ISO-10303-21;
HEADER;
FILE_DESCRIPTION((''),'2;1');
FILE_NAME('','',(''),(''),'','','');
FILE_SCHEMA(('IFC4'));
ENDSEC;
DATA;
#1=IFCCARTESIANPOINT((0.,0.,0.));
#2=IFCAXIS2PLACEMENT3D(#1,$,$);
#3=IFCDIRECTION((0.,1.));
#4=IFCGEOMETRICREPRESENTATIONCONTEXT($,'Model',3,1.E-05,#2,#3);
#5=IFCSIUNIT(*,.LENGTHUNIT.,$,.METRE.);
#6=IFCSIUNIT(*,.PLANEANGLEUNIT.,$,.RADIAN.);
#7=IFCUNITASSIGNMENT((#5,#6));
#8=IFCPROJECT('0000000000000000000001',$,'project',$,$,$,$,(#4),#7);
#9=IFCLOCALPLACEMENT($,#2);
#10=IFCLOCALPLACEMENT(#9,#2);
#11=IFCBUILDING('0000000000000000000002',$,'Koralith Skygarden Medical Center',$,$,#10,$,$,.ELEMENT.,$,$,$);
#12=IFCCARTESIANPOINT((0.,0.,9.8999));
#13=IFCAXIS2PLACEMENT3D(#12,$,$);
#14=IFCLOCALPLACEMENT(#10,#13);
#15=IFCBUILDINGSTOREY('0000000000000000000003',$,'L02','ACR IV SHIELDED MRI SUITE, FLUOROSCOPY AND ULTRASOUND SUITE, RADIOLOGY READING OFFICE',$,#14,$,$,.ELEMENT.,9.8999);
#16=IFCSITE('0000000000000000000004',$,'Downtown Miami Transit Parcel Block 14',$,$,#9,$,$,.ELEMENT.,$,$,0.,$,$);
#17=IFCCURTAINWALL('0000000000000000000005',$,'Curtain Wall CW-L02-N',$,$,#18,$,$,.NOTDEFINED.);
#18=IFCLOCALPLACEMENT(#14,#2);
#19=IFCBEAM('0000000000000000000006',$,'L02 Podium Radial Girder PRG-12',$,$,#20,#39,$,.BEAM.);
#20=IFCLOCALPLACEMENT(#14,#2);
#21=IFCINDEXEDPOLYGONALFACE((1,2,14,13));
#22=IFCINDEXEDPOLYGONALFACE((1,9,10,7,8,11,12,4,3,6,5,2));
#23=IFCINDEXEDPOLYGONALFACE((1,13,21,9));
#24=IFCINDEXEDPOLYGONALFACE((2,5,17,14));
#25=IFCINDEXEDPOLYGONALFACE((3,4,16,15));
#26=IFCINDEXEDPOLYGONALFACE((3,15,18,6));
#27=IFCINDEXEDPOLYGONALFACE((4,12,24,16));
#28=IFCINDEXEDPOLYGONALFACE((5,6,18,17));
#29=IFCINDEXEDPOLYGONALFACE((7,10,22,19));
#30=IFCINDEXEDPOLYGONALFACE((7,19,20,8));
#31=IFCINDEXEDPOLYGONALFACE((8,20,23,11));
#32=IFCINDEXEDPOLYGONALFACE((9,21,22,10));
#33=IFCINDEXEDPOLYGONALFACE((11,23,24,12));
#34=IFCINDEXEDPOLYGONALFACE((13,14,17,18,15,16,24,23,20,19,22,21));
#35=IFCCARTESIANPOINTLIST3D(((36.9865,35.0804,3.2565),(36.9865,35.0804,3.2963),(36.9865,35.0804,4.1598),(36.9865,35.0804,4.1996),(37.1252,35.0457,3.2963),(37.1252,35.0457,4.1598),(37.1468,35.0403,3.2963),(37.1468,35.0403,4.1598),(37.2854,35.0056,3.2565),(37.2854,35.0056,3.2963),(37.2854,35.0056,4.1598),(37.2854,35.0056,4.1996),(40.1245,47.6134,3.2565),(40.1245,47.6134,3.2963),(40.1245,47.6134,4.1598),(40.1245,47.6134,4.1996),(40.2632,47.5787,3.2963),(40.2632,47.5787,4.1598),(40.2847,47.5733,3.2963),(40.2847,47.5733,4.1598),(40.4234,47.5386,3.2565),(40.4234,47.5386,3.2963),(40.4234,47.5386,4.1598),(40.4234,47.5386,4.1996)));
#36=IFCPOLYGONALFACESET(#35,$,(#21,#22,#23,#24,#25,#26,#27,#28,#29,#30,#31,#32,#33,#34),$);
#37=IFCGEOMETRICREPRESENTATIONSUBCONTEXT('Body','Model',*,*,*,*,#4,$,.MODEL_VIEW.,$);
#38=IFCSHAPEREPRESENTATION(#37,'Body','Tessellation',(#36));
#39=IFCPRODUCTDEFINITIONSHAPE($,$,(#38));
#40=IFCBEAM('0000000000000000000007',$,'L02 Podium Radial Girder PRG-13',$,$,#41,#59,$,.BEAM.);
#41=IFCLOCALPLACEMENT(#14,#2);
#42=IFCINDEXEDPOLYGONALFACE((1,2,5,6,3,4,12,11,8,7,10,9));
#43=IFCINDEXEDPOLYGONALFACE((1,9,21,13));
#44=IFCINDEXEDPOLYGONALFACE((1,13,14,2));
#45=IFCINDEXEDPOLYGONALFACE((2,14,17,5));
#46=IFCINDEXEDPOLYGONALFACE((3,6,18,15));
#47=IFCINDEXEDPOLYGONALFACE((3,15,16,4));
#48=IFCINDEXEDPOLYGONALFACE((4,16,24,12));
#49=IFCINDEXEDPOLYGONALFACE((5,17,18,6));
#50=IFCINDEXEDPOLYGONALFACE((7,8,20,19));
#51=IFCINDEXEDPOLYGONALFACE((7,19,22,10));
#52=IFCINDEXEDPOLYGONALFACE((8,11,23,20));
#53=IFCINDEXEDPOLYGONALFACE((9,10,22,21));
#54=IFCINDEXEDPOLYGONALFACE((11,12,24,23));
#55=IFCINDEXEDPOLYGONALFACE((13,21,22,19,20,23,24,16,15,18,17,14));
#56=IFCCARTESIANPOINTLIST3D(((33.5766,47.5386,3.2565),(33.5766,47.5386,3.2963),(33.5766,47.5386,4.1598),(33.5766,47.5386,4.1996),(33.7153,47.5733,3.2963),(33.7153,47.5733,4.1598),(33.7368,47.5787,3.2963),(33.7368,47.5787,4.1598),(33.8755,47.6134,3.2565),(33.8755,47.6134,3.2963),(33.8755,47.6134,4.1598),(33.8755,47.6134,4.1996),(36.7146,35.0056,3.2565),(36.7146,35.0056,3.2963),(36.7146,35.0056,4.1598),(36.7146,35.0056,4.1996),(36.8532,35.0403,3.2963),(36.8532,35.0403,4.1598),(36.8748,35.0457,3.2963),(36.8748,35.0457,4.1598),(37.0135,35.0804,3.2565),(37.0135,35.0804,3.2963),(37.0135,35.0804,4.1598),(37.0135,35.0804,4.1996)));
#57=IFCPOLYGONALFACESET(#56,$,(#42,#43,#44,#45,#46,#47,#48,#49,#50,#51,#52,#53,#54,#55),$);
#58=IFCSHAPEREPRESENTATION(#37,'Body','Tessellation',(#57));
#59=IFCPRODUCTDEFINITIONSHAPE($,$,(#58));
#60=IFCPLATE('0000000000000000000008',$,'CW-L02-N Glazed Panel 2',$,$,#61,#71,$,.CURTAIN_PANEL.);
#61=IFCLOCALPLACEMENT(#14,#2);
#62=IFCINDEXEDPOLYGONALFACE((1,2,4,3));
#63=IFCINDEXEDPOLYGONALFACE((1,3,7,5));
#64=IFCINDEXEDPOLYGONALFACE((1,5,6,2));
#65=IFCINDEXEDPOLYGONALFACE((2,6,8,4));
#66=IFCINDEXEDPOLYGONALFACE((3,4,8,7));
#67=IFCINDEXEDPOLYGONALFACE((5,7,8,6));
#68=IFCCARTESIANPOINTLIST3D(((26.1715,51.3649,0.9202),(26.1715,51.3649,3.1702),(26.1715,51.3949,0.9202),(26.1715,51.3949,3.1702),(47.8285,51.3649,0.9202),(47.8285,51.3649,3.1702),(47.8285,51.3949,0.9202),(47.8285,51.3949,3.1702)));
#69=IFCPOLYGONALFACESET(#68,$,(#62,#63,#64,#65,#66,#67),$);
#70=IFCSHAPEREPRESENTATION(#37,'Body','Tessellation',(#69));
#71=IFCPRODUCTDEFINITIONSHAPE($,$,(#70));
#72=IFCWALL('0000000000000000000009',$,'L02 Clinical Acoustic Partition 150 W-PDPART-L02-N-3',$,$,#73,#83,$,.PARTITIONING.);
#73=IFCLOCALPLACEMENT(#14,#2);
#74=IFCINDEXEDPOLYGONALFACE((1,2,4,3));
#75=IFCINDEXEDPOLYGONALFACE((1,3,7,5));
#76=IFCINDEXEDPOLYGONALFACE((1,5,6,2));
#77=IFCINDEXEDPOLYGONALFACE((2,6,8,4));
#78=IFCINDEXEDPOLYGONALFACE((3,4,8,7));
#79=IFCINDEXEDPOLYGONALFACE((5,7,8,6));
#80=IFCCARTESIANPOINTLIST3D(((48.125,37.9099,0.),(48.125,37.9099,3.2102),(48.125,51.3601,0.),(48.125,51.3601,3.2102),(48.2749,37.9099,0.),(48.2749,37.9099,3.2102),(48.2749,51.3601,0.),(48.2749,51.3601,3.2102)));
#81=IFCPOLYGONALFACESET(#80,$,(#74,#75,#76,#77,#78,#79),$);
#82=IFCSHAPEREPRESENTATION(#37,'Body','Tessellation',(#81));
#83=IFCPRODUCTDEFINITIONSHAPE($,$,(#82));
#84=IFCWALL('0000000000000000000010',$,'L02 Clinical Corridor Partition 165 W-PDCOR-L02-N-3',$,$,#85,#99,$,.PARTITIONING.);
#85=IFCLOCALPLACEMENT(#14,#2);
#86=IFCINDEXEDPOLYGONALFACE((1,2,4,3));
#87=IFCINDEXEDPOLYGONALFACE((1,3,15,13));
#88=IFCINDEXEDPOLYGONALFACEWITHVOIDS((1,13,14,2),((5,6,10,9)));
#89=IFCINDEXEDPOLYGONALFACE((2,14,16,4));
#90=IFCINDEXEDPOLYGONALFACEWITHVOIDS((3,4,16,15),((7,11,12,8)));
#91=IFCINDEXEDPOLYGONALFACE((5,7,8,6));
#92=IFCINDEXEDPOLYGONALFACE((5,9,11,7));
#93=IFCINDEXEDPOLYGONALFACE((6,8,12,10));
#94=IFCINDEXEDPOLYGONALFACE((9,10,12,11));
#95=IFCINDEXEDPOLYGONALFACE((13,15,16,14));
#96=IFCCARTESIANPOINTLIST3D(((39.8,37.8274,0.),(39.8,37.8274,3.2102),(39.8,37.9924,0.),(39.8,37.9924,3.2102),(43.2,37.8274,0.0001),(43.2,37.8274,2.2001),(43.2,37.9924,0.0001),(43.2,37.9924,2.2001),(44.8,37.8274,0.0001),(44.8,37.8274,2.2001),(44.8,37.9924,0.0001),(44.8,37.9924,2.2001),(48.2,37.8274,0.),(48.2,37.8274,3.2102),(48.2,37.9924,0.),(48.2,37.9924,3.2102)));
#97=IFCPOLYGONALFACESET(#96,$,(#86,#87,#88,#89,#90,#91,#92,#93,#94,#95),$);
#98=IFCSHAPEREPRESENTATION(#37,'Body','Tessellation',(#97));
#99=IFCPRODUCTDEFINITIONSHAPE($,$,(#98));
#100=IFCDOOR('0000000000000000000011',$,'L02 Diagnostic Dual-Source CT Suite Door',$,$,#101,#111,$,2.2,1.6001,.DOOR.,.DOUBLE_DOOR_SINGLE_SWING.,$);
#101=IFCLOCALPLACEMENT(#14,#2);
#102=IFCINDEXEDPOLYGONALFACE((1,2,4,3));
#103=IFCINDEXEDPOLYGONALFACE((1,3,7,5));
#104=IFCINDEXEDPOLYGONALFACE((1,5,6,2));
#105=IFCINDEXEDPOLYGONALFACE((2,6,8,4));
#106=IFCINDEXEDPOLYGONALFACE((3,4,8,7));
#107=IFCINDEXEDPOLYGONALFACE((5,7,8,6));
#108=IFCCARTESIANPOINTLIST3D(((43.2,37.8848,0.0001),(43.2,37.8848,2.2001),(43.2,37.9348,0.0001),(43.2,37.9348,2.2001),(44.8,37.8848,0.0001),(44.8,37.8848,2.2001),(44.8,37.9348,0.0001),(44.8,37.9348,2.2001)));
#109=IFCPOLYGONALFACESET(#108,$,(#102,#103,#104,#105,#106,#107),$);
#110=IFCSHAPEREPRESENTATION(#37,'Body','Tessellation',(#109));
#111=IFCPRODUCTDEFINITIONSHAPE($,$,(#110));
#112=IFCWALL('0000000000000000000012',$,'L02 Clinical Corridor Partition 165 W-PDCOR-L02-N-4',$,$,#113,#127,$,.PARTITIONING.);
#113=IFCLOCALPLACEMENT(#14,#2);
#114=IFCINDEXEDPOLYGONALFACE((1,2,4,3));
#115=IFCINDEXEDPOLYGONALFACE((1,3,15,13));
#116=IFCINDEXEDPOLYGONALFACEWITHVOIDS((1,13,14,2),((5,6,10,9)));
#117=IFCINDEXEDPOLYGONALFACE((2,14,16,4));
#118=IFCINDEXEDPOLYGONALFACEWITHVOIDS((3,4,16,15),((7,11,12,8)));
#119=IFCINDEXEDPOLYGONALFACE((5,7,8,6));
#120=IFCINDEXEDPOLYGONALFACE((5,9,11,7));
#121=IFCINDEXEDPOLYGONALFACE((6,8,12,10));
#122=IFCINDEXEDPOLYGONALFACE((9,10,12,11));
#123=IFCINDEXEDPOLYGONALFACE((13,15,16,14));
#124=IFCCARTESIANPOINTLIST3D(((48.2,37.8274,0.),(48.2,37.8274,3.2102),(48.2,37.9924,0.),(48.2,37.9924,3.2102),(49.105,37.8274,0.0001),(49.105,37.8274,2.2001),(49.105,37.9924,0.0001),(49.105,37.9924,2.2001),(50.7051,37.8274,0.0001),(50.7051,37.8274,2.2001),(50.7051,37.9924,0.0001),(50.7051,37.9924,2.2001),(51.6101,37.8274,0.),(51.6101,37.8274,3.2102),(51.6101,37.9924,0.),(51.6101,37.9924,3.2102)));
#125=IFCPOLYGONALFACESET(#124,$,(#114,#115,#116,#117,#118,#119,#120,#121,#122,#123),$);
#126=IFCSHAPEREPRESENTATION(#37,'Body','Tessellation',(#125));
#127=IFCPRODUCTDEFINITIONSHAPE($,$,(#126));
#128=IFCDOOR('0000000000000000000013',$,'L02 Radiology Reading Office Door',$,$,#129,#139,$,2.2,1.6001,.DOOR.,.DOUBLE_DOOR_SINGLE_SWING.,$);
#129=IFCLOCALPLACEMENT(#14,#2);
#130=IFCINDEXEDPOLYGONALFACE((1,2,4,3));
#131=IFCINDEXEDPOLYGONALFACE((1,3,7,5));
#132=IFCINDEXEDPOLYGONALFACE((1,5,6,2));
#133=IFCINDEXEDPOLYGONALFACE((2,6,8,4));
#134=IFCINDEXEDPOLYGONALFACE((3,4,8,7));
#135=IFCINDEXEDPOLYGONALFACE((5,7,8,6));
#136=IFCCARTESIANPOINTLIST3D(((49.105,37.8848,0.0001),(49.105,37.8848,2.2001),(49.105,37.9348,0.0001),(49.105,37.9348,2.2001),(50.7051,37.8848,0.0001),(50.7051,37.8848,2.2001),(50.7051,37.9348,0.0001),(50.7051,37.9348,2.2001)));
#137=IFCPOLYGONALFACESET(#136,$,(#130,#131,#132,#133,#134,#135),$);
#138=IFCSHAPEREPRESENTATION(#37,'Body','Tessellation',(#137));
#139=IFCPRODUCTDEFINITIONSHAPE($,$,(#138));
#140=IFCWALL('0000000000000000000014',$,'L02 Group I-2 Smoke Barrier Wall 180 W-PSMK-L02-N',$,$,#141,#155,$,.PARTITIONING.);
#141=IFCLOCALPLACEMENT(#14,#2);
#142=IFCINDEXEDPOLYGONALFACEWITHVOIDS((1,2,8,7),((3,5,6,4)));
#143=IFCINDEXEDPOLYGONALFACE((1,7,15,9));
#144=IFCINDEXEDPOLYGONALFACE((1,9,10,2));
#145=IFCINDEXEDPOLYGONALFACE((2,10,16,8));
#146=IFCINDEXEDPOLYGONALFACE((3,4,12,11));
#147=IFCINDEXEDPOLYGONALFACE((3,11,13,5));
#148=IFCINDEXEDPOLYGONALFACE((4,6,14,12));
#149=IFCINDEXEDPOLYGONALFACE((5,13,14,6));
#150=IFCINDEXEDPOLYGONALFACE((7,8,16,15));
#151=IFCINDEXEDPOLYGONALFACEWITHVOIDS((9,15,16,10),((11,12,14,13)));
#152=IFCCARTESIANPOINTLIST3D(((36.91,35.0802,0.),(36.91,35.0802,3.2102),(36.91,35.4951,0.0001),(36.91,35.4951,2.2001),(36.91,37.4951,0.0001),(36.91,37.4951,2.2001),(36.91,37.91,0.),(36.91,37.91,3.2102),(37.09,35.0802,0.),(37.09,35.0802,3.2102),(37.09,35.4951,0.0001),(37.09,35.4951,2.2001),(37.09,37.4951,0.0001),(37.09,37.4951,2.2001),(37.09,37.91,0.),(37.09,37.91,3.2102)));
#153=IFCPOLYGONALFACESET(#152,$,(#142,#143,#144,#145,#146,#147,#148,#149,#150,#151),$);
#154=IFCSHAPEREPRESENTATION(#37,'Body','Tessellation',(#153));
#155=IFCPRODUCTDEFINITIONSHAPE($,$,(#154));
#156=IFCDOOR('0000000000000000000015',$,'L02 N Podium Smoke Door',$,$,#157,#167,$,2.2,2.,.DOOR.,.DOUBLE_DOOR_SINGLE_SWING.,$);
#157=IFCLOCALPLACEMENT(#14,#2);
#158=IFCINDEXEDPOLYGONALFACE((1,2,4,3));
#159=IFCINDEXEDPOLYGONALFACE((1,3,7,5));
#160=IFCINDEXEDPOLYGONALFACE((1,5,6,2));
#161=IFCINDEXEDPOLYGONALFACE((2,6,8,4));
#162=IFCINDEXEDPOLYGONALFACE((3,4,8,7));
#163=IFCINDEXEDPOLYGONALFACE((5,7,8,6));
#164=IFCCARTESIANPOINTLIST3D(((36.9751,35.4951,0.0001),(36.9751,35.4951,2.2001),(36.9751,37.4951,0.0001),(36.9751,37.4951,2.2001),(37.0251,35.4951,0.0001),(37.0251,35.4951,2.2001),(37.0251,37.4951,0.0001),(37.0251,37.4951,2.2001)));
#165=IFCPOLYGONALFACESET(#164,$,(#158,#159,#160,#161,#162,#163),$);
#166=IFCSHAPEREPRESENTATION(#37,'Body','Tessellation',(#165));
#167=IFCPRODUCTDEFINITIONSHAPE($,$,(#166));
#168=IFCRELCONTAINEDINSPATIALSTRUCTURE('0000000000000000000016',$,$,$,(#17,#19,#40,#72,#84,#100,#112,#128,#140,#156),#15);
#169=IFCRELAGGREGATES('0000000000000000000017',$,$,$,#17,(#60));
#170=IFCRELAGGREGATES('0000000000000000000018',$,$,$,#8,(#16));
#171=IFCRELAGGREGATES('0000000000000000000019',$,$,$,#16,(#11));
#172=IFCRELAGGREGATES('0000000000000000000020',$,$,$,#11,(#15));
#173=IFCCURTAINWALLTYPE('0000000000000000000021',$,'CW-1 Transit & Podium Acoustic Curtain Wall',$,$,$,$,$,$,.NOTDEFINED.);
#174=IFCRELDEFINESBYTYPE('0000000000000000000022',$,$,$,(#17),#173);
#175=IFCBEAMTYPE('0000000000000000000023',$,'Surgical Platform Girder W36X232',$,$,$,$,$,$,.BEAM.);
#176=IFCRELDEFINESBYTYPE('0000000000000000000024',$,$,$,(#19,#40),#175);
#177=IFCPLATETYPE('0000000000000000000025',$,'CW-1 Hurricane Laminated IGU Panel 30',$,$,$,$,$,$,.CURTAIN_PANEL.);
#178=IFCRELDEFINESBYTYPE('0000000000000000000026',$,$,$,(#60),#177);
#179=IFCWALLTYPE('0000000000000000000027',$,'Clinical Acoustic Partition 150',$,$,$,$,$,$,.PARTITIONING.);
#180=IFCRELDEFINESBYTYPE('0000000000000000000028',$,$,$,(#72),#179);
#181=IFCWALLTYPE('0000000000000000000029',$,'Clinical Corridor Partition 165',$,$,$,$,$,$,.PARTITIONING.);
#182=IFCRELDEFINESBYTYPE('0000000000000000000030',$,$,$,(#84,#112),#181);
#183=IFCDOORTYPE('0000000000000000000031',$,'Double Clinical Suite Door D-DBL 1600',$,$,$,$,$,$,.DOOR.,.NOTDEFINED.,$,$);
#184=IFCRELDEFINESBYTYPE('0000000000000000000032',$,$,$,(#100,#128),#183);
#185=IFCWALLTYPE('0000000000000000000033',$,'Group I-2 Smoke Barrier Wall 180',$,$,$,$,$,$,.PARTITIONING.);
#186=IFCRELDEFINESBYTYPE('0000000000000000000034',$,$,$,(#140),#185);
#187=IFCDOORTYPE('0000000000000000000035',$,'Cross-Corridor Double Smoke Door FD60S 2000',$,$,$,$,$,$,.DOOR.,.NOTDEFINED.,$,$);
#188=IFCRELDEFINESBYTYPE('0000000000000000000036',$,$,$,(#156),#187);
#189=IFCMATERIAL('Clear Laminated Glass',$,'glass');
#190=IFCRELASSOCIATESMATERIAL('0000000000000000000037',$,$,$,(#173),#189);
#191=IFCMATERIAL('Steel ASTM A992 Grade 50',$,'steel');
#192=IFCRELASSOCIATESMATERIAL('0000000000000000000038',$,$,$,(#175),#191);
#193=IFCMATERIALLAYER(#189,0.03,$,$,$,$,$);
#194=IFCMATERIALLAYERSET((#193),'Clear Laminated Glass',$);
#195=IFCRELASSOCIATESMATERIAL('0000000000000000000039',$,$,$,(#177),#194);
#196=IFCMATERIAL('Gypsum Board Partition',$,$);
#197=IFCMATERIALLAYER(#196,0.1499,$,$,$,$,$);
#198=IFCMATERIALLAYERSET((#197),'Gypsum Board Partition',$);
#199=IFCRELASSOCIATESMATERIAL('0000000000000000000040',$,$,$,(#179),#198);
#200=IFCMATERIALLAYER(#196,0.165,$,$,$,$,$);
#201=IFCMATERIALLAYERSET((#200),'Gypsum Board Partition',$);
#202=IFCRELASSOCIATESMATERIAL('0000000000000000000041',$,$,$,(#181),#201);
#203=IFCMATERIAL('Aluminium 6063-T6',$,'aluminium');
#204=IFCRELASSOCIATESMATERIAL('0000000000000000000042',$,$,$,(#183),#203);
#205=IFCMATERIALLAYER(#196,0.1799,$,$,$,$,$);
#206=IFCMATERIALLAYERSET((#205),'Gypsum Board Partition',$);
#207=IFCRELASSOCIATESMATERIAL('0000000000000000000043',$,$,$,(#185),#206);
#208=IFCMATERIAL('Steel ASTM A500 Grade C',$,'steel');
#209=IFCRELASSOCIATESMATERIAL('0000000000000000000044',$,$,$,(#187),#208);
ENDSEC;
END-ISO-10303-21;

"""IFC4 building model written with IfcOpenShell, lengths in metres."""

from ifc_helpers import new_model, si_unit, direction, frame, frame_2d, origin, origin_2d, place, context, subcontext, project, spatial, rectangle, i_section, extrude, material, layer, layer_set, material_profile, profile_set, type_object, element, fill, aggregate, save


model = new_model("IFC4")

# Units and contexts
model_context = context("Model", 3, precision=1e-05, world=origin(), true_north=direction((0.0, 1.0)))
body_context = subcontext(model_context, "Body", "Model", "MODEL_VIEW")
ifc_project = project(units=[si_unit("LENGTHUNIT", "METRE"), si_unit("PLANEANGLEUNIT", "RADIAN")], contexts=[model_context])

# Site, building, storey
site_placement = place(None, origin())
site = spatial("IfcSite", under=ifc_project, at=site_placement, Name="Downtown Miami Transit Parcel Block 14", CompositionType="ELEMENT", RefElevation=0.0)
building_placement = place(site_placement, origin())
building = spatial("IfcBuilding", under=site, at=building_placement, Name="Koralith Skygarden Medical Center", CompositionType="ELEMENT")
storey_placement = place(building_placement, frame((0.0, 0.0, 9.8999)))
storey = spatial("IfcBuildingStorey", under=building, at=storey_placement, Name="L02", Description="ACR IV SHIELDED MRI SUITE, FLUOROSCOPY AND ULTRASOUND SUITE, RADIOLOGY READING OFFICE", CompositionType="ELEMENT", Elevation=9.8999)

# Curtain wall
ifc_material_1 = material(Name="Clear Laminated Glass", Category="glass")
curtain_wall_type = type_object("IfcCurtainWallType", Name="CW-1 Transit & Podium Acoustic Curtain Wall", PredefinedType="NOTDEFINED", material=ifc_material_1)
curtain_wall_placement = place(storey_placement, origin())
curtain_wall = element("IfcCurtainWall", 1, at=curtain_wall_placement, inside=storey, type_object=curtain_wall_type, Name="Curtain Wall CW-L02-N", PredefinedType="NOTDEFINED")
ifc_material_2 = material(Name="Aluminium 6063-T6", Category="aluminium")

# Beams
ifc_material_3 = material(Name="Steel ASTM A992 Grade 50", Category="steel")
ifc_material_profile_1 = material_profile(ifc_material_3, i_section(OverallWidth=0.3081, OverallDepth=0.9431, WebThickness=0.0222, FlangeThickness=0.0398, at=origin_2d()), Name="W36X232")
ifc_profile_set_1 = profile_set([ifc_material_profile_1], Name="Steel ASTM A992 Grade 50")
beam_type_1 = type_object("IfcBeamType", Name="Surgical Platform Girder W36X232", PredefinedType="BEAM", material=ifc_profile_set_1)
for number, where, z_axis, x_axis, name in (
    (2, (37.136, 35.043, 3.728), (0.242878, 0.970057, 0.0), (-0.970057, 0.242878, 0.0), "L02 Podium Radial Girder PRG-12"),
    (3, (36.864, 35.043, 3.728), (-0.242878, 0.970057, 0.0), (-0.970057, -0.242878, 0.0), "L02 Podium Radial Girder PRG-13"),
):
    element("IfcBeam", number, at=place(storey_placement, frame(where, z_axis=z_axis, x_axis=x_axis)), inside=storey, type_object=beam_type_1, Name=name, PredefinedType="BEAM", context=body_context, shape_type="SweptSolid", body=[
        extrude(i_section(OverallWidth=0.3081, OverallDepth=0.9431, WebThickness=0.0222, FlangeThickness=0.0398, at=origin_2d()), origin(), (0.0, 0.0, 1.0), 12.9199),
    ])

# Plate
ifc_layer_1 = layer(ifc_material_1, 0.03)
ifc_layer_set_1 = layer_set([ifc_layer_1], Name="Clear Laminated Glass")
plate_type = type_object("IfcPlateType", Name="CW-1 Hurricane Laminated IGU Panel 30", PredefinedType="CURTAIN_PANEL", material=ifc_layer_set_1)
plate_placement = place(storey_placement, frame((37.0, 51.3799, 0.9202), z_axis=(0.0, 0.0, 1.0), x_axis=(-1.0, 0.0, 0.0)))
plate = element("IfcPlate", 4, at=plate_placement, type_object=plate_type, Name="CW-L02-N Glazed Panel 2", PredefinedType="CURTAIN_PANEL", context=body_context, shape_type="SweptSolid", body=[
    extrude(rectangle(XDim=21.657, YDim=0.03, at=origin_2d()), origin(), (0.0, 0.0, 1.0), 2.25),
])
aggregate(curtain_wall, [plate])

# Wall
ifc_material_4 = material(Name="Gypsum Board Partition")
ifc_layer_2 = layer(ifc_material_4, 0.1499)
ifc_layer_set_2 = layer_set([ifc_layer_2], Name="Gypsum Board Partition")
wall_type_1 = type_object("IfcWallType", Name="Clinical Acoustic Partition 150", PredefinedType="PARTITIONING", material=ifc_layer_set_2)
wall_1_placement = place(storey_placement, frame((48.2, 37.9099, 0.0), z_axis=(0.0, 0.0, 1.0), x_axis=(0.0, 1.0, 0.0)))
element("IfcWall", 5, at=wall_1_placement, inside=storey, type_object=wall_type_1, Name="L02 Clinical Acoustic Partition 150 W-PDPART-L02-N-3", PredefinedType="PARTITIONING", context=body_context, shape_type="SweptSolid", body=[
    extrude(rectangle(XDim=13.4502, YDim=0.1499, at=frame_2d((6.7251, 0.0))), origin(), (0.0, 0.0, 1.0), 3.2102),
])

# Walls, openings, doors
ifc_layer_3 = layer(ifc_material_4, 0.165)
ifc_layer_set_3 = layer_set([ifc_layer_3], Name="Gypsum Board Partition")
wall_type_2 = type_object("IfcWallType", Name="Clinical Corridor Partition 165", PredefinedType="PARTITIONING", material=ifc_layer_set_3)
wall_2_placement = place(storey_placement, frame((39.8, 37.9099, 0.0), z_axis=(0.0, 0.0, 1.0), x_axis=(1.0, 0.0, 0.0)))
wall_2 = element("IfcWall", 6, at=wall_2_placement, inside=storey, type_object=wall_type_2, Name="L02 Clinical Corridor Partition 165 W-PDCOR-L02-N-3", PredefinedType="PARTITIONING", context=body_context, shape_type="SweptSolid", body=[
    extrude(rectangle(XDim=8.3999, YDim=0.165, at=frame_2d((4.2, 0.0))), origin(), (0.0, 0.0, 1.0), 3.2102),
])
opening_1_placement = place(wall_2_placement, frame((3.3999, 0.0, 0.0)))
opening_1 = element("IfcOpeningElement", 7, at=opening_1_placement, cuts=wall_2, PredefinedType="OPENING", context=body_context, shape_type="SweptSolid", body=[
    extrude(rectangle(XDim=1.6001, YDim=2.2, at=frame_2d((0.8, 1.1001))), frame((0.0, 0.0925, 0.0), z_axis=(0.0, -1.0, 0.0), x_axis=(1.0, 0.0, 0.0)), (0.0, 0.0, 1.0), 0.1851),
])
door_type_1 = type_object("IfcDoorType", Name="Double Clinical Suite Door D-DBL 1600", OperationType="NOTDEFINED", PredefinedType="DOOR", material=ifc_material_2)
door_1_placement = place(opening_1_placement, origin())
door_1 = element("IfcDoor", 8, at=door_1_placement, inside=storey, type_object=door_type_1, Name="L02 Diagnostic Dual-Source CT Suite Door", OperationType="DOUBLE_DOOR_SINGLE_SWING", OverallHeight=2.2, OverallWidth=1.6001, PredefinedType="DOOR", context=body_context, shape_type="SweptSolid", body=[
    extrude(rectangle(XDim=1.6001, YDim=2.2, at=frame_2d((0.8, 1.1001))), frame((0.0, 0.0249, 0.0), z_axis=(0.0, -1.0, 0.0), x_axis=(1.0, 0.0, 0.0)), (0.0, 0.0, 1.0), 0.05),
])
fill(opening_1, door_1)
wall_3_placement = place(storey_placement, frame((48.2, 37.9099, 0.0), z_axis=(0.0, 0.0, 1.0), x_axis=(1.0, 0.0, 0.0)))
wall_3 = element("IfcWall", 9, at=wall_3_placement, inside=storey, type_object=wall_type_2, Name="L02 Clinical Corridor Partition 165 W-PDCOR-L02-N-4", PredefinedType="PARTITIONING", context=body_context, shape_type="SweptSolid", body=[
    extrude(rectangle(XDim=3.4102, YDim=0.165, at=frame_2d((1.7051, 0.0))), origin(), (0.0, 0.0, 1.0), 3.2102),
])
opening_2_placement = place(wall_3_placement, frame((0.905, 0.0, 0.0)))
opening_2 = element("IfcOpeningElement", 10, at=opening_2_placement, cuts=wall_3, PredefinedType="OPENING", context=body_context, shape_type="SweptSolid", body=[
    extrude(rectangle(XDim=1.6001, YDim=2.2, at=frame_2d((0.8, 1.1001))), frame((0.0, 0.0925, 0.0), z_axis=(0.0, -1.0, 0.0), x_axis=(1.0, 0.0, 0.0)), (0.0, 0.0, 1.0), 0.1851),
])
door_2_placement = place(opening_2_placement, origin())
door_2 = element("IfcDoor", 11, at=door_2_placement, inside=storey, type_object=door_type_1, Name="L02 Radiology Reading Office Door", OperationType="DOUBLE_DOOR_SINGLE_SWING", OverallHeight=2.2, OverallWidth=1.6001, PredefinedType="DOOR", context=body_context, shape_type="SweptSolid", body=[
    extrude(rectangle(XDim=1.6001, YDim=2.2, at=frame_2d((0.8, 1.1001))), frame((0.0, 0.0249, 0.0), z_axis=(0.0, -1.0, 0.0), x_axis=(1.0, 0.0, 0.0)), (0.0, 0.0, 1.0), 0.05),
])
fill(opening_2, door_2)
ifc_layer_4 = layer(ifc_material_4, 0.1799)
ifc_layer_set_4 = layer_set([ifc_layer_4], Name="Gypsum Board Partition")
wall_type_3 = type_object("IfcWallType", Name="Group I-2 Smoke Barrier Wall 180", PredefinedType="PARTITIONING", material=ifc_layer_set_4)
wall_4_placement = place(storey_placement, frame((37.0, 35.0801, 0.0), z_axis=(0.0, 0.0, 1.0), x_axis=(0.0, 1.0, 0.0)))
wall_4 = element("IfcWall", 12, at=wall_4_placement, inside=storey, type_object=wall_type_3, Name="L02 Group I-2 Smoke Barrier Wall 180 W-PSMK-L02-N", PredefinedType="PARTITIONING", context=body_context, shape_type="SweptSolid", body=[
    extrude(rectangle(XDim=2.8298, YDim=0.1799, at=frame_2d((1.415, 0.0))), origin(), (0.0, 0.0, 1.0), 3.2102),
])
opening_3_placement = place(wall_4_placement, frame((0.415, 0.0, 0.0)))
opening_3 = element("IfcOpeningElement", 13, at=opening_3_placement, cuts=wall_4, PredefinedType="OPENING", context=body_context, shape_type="SweptSolid", body=[
    extrude(rectangle(XDim=2.0, YDim=2.2, at=frame_2d((1.0, 1.1001))), frame((0.0, 0.0999, 0.0), z_axis=(0.0, -1.0, 0.0), x_axis=(1.0, 0.0, 0.0)), (0.0, 0.0, 1.0), 0.2),
])
ifc_material_5 = material(Name="Steel ASTM A500 Grade C", Category="steel")
door_type_2 = type_object("IfcDoorType", Name="Cross-Corridor Double Smoke Door FD60S 2000", OperationType="NOTDEFINED", PredefinedType="DOOR", material=ifc_material_5)
door_3_placement = place(opening_3_placement, origin())
door_3 = element("IfcDoor", 14, at=door_3_placement, inside=storey, type_object=door_type_2, Name="L02 N Podium Smoke Door", OperationType="DOUBLE_DOOR_SINGLE_SWING", OverallHeight=2.2, OverallWidth=2.0, PredefinedType="DOOR", context=body_context, shape_type="SweptSolid", body=[
    extrude(rectangle(XDim=2.0, YDim=2.2, at=frame_2d((1.0, 1.1001))), frame((0.0, 0.0249, 0.0), z_axis=(0.0, -1.0, 0.0), x_axis=(1.0, 0.0, 0.0)), (0.0, 0.0, 1.0), 0.05),
])
fill(opening_3, door_3)

save(model, "model.ifc")
